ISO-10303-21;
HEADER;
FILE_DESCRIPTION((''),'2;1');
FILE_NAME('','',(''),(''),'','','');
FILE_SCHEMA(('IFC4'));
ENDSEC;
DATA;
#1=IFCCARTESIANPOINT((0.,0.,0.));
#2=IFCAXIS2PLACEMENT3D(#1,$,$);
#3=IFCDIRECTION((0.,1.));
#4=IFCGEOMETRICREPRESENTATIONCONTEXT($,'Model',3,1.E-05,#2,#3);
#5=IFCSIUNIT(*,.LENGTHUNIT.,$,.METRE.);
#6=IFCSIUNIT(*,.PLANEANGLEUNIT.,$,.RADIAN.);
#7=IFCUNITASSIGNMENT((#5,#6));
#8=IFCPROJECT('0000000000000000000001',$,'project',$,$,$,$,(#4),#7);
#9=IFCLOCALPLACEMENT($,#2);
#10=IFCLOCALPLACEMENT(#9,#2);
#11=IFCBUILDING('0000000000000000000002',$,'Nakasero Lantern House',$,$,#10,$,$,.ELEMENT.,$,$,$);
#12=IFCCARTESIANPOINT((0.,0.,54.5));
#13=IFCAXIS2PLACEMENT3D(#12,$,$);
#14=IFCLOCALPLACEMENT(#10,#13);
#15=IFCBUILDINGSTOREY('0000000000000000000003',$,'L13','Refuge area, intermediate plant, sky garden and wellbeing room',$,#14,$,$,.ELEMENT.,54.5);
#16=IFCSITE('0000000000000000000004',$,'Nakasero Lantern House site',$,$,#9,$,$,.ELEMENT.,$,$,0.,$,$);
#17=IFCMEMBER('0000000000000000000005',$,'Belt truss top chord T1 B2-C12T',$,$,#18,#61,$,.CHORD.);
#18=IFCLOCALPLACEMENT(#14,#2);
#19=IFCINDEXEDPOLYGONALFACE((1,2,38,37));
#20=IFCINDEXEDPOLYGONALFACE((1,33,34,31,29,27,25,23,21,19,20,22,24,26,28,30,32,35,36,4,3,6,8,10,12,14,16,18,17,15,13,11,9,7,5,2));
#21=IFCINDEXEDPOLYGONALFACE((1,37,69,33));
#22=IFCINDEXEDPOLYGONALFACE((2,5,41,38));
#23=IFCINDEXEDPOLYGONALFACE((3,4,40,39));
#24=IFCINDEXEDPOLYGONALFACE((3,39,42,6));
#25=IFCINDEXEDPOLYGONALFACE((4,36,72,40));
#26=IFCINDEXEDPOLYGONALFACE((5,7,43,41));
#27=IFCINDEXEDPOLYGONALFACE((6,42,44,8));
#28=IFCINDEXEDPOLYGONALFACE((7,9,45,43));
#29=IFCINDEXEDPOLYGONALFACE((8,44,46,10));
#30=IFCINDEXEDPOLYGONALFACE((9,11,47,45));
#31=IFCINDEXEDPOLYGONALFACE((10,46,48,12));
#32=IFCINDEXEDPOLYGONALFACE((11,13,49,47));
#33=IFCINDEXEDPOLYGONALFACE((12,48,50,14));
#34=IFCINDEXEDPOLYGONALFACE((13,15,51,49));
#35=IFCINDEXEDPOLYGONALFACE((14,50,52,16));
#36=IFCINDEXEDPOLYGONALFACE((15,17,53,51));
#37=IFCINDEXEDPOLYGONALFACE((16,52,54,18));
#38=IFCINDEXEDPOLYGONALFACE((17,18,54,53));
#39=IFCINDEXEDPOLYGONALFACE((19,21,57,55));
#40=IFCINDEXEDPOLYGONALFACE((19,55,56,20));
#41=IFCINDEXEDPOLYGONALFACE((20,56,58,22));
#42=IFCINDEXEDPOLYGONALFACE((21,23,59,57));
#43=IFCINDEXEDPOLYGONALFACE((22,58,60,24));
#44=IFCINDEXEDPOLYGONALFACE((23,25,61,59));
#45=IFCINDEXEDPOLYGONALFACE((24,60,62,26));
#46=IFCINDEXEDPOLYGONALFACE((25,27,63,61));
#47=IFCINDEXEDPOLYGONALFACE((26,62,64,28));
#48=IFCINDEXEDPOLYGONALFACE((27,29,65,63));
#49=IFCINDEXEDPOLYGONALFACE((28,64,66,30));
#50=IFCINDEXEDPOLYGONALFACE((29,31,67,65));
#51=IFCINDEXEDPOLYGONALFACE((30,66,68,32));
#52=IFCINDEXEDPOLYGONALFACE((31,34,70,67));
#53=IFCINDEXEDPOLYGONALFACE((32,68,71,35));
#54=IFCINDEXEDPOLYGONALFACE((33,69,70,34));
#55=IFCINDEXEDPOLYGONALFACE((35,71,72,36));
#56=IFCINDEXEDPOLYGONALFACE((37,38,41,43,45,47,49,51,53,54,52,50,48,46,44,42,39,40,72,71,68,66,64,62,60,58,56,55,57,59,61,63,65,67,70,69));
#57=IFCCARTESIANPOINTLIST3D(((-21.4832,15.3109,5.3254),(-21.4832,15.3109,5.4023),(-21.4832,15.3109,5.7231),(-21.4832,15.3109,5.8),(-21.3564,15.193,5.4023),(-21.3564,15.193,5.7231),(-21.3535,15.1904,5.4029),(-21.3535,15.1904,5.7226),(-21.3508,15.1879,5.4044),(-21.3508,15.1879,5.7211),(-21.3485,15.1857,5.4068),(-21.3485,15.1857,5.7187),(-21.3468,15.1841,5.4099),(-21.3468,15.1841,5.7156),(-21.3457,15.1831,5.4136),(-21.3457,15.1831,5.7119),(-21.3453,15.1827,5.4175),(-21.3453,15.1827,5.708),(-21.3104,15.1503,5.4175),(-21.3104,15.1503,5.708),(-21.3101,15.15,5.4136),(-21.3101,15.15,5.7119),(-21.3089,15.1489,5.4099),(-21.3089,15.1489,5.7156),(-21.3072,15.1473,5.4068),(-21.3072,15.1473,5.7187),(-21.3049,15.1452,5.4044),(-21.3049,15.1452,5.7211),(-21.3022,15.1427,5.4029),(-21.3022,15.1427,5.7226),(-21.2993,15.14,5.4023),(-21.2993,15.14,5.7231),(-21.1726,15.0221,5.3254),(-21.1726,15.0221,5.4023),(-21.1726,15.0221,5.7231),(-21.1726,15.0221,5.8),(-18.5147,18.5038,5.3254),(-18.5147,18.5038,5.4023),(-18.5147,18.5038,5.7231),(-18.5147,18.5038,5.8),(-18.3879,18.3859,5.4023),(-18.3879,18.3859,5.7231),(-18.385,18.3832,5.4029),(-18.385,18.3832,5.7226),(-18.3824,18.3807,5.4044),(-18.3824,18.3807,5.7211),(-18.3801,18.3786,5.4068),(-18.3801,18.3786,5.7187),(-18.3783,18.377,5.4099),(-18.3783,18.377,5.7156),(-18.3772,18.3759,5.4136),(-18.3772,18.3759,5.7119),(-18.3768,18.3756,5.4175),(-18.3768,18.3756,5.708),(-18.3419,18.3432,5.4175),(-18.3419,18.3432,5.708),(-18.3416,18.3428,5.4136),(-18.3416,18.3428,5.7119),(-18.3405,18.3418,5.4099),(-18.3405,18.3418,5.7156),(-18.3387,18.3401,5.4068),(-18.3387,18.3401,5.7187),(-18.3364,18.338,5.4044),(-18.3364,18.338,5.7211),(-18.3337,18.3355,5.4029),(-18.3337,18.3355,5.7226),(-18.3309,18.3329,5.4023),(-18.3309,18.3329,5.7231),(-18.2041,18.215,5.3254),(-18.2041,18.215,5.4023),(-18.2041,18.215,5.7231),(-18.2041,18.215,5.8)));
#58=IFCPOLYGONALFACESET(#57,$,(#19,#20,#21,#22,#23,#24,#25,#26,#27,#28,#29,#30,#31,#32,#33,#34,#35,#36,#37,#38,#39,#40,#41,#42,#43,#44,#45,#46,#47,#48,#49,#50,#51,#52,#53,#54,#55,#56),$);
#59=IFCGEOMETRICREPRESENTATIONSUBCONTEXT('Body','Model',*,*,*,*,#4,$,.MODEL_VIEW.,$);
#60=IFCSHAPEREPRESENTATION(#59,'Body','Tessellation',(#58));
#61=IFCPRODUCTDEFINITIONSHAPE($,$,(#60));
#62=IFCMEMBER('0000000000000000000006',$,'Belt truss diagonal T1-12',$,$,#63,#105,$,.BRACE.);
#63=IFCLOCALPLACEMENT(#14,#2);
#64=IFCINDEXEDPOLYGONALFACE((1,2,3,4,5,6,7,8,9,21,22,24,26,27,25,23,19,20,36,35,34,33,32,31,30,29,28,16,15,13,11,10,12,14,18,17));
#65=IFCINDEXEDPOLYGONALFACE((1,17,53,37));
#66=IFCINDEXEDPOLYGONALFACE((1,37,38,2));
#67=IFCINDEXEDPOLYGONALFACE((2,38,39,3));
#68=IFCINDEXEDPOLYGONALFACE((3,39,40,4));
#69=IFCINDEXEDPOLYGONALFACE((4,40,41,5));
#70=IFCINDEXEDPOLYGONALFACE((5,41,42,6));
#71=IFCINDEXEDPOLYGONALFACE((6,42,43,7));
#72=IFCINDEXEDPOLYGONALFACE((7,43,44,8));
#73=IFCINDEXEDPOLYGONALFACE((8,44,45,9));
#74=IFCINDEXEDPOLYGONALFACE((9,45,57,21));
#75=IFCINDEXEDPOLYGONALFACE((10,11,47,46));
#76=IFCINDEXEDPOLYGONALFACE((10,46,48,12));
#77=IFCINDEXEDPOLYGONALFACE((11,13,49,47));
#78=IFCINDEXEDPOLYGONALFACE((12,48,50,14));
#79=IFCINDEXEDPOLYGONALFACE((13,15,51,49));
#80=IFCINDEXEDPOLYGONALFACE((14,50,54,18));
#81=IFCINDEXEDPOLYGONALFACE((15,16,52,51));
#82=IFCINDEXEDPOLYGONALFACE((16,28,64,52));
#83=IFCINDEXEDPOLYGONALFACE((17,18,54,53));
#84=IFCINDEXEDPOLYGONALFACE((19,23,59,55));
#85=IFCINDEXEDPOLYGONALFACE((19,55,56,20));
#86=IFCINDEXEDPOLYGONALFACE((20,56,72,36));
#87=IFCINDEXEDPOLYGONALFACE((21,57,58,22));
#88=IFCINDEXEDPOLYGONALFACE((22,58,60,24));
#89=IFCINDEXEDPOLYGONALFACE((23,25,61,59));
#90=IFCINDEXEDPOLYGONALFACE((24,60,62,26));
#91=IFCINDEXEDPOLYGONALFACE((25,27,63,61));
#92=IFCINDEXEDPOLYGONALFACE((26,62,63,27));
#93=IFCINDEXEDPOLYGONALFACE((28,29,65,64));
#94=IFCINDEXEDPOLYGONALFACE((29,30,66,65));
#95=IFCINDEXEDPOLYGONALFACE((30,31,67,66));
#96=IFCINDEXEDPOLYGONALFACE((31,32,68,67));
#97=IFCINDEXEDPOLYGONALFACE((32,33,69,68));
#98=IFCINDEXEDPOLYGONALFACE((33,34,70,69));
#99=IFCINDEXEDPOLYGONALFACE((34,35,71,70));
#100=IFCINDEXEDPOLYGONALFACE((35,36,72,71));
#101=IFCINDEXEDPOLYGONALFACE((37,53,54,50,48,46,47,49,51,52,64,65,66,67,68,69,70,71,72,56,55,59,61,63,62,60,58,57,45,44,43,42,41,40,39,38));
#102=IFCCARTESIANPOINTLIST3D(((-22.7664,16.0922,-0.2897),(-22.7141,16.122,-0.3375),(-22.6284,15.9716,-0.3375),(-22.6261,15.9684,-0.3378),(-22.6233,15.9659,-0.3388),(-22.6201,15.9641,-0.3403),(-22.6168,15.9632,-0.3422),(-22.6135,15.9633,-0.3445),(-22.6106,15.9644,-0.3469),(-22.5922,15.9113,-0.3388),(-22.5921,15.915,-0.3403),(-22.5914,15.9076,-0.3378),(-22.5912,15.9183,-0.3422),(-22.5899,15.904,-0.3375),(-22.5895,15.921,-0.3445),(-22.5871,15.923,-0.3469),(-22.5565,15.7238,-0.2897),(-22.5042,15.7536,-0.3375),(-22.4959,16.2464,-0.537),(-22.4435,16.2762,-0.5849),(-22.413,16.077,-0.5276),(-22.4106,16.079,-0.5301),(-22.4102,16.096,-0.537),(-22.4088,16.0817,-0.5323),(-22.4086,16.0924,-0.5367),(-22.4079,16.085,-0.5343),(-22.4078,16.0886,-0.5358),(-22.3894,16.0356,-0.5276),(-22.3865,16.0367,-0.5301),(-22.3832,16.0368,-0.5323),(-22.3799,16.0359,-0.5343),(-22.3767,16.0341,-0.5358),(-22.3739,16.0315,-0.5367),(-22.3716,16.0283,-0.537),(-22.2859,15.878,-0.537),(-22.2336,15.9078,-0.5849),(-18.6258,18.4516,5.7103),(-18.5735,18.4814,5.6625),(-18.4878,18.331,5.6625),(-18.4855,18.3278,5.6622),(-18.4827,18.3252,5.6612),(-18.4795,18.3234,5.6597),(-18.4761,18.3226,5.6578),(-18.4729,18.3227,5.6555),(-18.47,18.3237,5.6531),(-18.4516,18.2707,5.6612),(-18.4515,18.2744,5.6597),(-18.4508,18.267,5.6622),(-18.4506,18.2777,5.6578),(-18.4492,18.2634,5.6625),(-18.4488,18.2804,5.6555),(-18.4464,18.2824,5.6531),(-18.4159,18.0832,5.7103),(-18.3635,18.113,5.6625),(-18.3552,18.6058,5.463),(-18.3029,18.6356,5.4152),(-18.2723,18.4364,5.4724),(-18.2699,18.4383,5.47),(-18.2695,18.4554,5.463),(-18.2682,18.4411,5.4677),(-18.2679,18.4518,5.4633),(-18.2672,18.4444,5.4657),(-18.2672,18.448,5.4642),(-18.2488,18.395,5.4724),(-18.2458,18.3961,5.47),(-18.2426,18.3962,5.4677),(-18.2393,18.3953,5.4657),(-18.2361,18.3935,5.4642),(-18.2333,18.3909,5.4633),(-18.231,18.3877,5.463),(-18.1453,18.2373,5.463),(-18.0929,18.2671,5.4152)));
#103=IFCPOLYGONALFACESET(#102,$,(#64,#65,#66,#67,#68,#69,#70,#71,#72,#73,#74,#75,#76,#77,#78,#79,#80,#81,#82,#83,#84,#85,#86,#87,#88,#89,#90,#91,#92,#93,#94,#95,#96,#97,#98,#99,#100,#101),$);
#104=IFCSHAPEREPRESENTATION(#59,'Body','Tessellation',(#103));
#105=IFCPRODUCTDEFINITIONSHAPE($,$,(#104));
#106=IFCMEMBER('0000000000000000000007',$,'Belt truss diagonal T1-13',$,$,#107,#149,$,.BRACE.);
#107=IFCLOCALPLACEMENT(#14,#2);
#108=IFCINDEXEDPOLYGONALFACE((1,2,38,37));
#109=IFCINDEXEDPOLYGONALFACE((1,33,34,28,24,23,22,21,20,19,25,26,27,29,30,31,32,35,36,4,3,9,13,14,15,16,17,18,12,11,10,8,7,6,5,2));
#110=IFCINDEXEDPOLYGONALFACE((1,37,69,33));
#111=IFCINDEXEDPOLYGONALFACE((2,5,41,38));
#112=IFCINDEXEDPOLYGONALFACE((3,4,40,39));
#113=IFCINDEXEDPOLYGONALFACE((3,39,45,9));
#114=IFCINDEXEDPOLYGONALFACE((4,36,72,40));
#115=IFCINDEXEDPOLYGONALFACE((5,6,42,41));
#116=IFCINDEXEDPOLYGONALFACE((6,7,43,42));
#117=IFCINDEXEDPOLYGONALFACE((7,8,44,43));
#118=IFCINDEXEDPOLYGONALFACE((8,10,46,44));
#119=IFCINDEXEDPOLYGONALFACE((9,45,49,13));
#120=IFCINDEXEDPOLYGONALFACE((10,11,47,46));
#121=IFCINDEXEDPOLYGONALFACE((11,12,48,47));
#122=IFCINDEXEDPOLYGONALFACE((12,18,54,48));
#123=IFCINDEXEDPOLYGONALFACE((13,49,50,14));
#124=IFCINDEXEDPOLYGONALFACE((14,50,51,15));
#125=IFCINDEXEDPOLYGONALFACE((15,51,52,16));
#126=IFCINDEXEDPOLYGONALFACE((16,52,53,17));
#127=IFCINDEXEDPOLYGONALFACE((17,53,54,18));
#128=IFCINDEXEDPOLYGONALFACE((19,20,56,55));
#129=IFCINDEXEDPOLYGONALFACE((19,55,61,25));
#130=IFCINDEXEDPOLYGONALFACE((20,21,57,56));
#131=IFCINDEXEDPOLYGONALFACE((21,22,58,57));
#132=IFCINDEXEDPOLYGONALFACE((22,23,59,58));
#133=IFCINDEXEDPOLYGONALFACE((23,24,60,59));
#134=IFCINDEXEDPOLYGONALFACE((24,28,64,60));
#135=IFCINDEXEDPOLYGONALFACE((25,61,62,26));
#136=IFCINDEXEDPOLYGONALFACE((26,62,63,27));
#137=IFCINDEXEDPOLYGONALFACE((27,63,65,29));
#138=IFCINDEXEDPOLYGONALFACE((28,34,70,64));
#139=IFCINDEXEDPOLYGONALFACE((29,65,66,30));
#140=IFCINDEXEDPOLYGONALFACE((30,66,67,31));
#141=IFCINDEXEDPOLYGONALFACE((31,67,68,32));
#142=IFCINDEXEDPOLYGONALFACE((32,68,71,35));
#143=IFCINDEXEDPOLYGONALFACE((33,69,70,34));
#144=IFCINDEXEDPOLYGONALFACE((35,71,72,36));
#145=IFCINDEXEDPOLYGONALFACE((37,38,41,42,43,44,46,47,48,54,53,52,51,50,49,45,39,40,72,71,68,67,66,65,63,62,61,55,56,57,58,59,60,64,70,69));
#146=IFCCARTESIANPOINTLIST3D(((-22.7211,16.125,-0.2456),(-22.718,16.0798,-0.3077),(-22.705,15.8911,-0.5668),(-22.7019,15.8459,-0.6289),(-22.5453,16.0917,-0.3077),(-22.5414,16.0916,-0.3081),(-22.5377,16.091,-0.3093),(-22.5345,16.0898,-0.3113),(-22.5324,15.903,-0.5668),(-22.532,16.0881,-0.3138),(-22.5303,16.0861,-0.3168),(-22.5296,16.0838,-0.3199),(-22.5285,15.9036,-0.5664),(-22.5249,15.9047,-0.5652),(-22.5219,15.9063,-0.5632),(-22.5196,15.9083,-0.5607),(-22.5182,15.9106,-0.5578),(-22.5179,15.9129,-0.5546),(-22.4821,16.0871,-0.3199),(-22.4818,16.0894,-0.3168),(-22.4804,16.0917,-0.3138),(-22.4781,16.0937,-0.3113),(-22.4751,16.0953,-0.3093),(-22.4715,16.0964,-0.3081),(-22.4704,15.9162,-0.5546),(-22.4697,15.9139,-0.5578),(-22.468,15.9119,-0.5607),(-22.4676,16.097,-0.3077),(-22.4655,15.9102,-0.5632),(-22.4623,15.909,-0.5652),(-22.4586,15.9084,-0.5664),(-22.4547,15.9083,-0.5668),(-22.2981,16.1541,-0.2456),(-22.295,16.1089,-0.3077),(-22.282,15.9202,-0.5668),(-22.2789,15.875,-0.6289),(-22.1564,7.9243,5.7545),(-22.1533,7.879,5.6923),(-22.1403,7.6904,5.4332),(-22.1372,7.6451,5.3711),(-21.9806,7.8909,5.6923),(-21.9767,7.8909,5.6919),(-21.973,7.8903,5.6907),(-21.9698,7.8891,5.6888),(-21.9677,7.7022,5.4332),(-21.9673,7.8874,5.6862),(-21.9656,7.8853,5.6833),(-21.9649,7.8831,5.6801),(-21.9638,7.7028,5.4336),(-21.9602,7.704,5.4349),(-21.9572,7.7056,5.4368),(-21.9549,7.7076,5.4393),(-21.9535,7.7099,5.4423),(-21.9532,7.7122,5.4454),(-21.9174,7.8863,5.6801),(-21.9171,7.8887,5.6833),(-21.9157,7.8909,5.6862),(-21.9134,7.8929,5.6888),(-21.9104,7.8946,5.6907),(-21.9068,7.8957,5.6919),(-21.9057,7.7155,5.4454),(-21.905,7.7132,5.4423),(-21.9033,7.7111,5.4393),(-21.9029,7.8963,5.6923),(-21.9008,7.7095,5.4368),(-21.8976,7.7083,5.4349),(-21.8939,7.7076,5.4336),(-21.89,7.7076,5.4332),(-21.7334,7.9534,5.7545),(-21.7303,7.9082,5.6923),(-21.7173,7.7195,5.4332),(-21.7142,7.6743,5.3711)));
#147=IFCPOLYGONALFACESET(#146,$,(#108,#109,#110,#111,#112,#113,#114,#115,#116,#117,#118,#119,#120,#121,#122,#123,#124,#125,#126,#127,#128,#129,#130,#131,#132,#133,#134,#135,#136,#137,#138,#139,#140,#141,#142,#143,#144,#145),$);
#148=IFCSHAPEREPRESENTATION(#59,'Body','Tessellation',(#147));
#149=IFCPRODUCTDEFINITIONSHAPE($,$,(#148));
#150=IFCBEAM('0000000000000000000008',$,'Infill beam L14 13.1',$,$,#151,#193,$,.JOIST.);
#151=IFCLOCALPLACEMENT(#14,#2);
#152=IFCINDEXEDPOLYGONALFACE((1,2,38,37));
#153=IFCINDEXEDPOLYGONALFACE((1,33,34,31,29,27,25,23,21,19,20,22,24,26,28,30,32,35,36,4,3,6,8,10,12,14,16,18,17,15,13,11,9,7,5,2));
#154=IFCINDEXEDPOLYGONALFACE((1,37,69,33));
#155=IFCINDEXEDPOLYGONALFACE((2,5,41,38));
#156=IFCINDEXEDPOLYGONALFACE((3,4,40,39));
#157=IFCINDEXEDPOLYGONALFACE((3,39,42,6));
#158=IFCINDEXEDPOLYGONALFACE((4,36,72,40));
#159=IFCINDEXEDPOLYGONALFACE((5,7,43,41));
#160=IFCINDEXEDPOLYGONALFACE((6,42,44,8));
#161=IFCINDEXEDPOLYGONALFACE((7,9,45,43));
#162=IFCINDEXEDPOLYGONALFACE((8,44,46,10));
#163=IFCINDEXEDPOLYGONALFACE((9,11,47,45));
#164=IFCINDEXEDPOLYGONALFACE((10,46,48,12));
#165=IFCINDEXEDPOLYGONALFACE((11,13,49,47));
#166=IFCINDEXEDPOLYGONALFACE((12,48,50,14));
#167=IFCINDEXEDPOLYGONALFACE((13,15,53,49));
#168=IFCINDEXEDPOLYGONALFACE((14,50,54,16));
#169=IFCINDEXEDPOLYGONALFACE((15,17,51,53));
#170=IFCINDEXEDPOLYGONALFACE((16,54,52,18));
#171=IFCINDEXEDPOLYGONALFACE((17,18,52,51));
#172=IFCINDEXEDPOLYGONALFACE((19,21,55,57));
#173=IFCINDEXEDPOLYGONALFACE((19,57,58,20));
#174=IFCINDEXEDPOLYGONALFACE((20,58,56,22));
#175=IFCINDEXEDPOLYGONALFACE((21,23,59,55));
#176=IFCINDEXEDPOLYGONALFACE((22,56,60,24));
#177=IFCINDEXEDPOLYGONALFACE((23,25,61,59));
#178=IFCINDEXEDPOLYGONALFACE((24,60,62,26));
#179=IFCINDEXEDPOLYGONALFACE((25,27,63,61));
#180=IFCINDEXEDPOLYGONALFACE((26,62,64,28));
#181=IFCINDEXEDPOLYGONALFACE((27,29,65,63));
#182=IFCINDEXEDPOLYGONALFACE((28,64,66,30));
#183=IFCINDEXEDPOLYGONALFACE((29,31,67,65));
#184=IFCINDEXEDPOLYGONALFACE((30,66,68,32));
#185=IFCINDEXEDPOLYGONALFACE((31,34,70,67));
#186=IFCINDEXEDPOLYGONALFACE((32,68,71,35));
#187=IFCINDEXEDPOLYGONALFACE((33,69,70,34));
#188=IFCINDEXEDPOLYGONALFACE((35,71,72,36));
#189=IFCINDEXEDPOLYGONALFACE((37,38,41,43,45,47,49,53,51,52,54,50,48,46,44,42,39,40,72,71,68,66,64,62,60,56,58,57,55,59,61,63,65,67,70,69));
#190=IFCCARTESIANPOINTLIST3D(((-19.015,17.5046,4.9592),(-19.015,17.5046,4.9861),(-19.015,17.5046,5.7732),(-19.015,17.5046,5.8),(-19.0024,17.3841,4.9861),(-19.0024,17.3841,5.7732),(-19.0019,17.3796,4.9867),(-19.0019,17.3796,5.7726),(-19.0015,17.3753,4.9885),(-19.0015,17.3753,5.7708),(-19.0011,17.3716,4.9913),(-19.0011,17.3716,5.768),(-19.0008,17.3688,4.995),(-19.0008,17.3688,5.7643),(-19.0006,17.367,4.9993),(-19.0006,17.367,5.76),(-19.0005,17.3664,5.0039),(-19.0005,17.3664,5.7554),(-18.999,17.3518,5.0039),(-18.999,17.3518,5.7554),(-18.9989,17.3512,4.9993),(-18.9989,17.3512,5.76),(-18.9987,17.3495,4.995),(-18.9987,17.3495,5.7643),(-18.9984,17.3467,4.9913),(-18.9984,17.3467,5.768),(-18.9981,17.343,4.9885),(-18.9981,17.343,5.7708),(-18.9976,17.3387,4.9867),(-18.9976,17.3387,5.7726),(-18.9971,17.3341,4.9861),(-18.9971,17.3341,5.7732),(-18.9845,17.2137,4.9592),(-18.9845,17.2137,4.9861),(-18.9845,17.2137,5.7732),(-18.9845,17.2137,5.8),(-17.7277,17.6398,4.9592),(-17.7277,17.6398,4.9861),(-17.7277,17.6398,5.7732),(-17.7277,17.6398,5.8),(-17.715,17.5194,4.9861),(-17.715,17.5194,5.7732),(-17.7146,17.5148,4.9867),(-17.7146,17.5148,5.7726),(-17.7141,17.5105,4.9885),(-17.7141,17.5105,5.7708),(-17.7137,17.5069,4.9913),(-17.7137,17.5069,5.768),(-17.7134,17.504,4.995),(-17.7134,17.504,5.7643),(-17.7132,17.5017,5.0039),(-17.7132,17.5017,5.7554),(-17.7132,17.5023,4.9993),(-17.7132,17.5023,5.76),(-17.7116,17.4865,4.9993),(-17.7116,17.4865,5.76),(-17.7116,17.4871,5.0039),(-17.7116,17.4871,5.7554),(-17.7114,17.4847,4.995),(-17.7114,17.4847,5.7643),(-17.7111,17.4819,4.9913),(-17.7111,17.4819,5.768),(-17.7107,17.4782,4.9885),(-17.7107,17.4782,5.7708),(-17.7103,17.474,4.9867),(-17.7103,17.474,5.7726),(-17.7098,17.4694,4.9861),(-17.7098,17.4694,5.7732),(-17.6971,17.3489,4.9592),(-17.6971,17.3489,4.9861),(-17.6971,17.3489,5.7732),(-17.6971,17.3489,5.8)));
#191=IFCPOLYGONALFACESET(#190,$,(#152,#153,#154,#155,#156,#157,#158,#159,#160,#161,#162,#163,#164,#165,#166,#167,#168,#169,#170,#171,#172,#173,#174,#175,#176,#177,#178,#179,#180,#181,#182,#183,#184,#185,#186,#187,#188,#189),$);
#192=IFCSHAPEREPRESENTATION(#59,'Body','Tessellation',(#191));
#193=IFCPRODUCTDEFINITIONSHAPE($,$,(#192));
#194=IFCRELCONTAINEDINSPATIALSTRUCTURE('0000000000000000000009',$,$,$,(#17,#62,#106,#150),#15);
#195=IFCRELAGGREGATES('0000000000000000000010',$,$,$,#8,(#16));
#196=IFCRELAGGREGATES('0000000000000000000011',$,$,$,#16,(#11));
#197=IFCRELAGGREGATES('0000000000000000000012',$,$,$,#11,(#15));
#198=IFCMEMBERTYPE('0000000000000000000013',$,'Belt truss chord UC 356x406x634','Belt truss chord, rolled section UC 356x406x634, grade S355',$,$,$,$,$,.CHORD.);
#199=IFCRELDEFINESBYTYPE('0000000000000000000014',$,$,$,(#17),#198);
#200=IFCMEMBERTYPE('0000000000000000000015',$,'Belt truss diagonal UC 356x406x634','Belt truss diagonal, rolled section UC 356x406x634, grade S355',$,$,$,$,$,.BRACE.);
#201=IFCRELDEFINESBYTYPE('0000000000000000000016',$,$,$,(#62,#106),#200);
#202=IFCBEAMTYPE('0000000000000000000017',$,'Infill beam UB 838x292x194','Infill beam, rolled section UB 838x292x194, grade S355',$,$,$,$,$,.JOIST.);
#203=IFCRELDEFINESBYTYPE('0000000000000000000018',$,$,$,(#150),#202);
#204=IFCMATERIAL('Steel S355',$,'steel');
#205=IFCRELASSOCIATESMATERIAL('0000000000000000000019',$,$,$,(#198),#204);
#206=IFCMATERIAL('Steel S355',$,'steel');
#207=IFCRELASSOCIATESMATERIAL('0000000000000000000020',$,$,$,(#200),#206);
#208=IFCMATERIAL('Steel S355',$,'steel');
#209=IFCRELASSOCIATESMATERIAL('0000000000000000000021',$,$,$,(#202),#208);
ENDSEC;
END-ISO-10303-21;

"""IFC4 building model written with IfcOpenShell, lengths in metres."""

from ifc_helpers import new_model, si_unit, direction, frame, origin, origin_2d, place, context, subcontext, project, spatial, i_section, extrude, material, material_profile, profile_set, type_object, element, save


model = new_model("IFC4")

# Units and contexts
model_context = context("Model", 3, precision=1e-05, world=origin(), true_north=direction((0.0, 1.0)))
body_context = subcontext(model_context, "Body", "Model", "MODEL_VIEW")
ifc_project = project(units=[si_unit("LENGTHUNIT", "METRE"), si_unit("PLANEANGLEUNIT", "RADIAN")], contexts=[model_context])

# Site, building, storey
site_placement = place(None, origin())
site = spatial("IfcSite", under=ifc_project, at=site_placement, Name="Nakasero Lantern House site", CompositionType="ELEMENT", RefElevation=0.0)
building_placement = place(site_placement, origin())
building = spatial("IfcBuilding", under=site, at=building_placement, Name="Nakasero Lantern House", CompositionType="ELEMENT")
storey_placement = place(building_placement, frame((0.0, 0.0, 54.5)))
storey = spatial("IfcBuildingStorey", under=building, at=storey_placement, Name="L13", Description="Refuge area, intermediate plant, sky garden and wellbeing room", CompositionType="ELEMENT", Elevation=54.5)

# Members
ifc_material_1 = material(Name="Steel S355", Category="steel")
ifc_material_profile_1 = material_profile(ifc_material_1, i_section(OverallWidth=0.4241, OverallDepth=0.4746, WebThickness=0.0476, FlangeThickness=0.0769, FilletRadius=0.0151, at=origin_2d()), Name="UC 356x406x634")
ifc_profile_set_1 = profile_set([ifc_material_profile_1], Name="Steel S355")
member_type_1 = type_object("IfcMemberType", Name="Belt truss chord UC 356x406x634", Description="Belt truss chord, rolled section UC 356x406x634, grade S355", PredefinedType="CHORD", material=ifc_profile_set_1)
member_1_placement = place(storey_placement, frame((-18.3594, 18.3594, 5.5627), z_axis=(-0.680906, -0.732371, 0.0), x_axis=(0.732371, -0.680906, 0.0)))
element("IfcMember", 1, at=member_1_placement, inside=storey, type_object=member_type_1, Name="Belt truss top chord T1 B2-C12T", PredefinedType="CHORD", context=body_context, shape_type="SweptSolid", body=[
    extrude(i_section(OverallWidth=0.4241, OverallDepth=0.4746, WebThickness=0.0476, FlangeThickness=0.0769, FilletRadius=0.0151, at=origin_2d()), origin(), (0.0, 0.0, 1.0), 4.3596),
])
ifc_material_2 = material(Name="Steel S355", Category="steel")
ifc_material_profile_2 = material_profile(ifc_material_2, i_section(OverallWidth=0.4241, OverallDepth=0.4746, WebThickness=0.0476, FlangeThickness=0.0769, FilletRadius=0.0151, at=origin_2d()), Name="UC 356x406x634")
ifc_profile_set_2 = profile_set([ifc_material_profile_2], Name="Steel S355")
member_type_2 = type_object("IfcMemberType", Name="Belt truss diagonal UC 356x406x634", Description="Belt truss diagonal, rolled section UC 356x406x634, grade S355", PredefinedType="BRACE", material=ifc_profile_set_2)
member_2_placement = place(storey_placement, frame((-18.3594, 18.3594, 5.5627), z_axis=(-0.540387, -0.307918, -0.783051), x_axis=(0.495079, -0.868848, 0.0)))
element("IfcMember", 2, at=member_2_placement, inside=storey, type_object=member_type_2, Name="Belt truss diagonal T1-12", PredefinedType="BRACE", context=body_context, shape_type="SweptSolid", body=[
    extrude(i_section(OverallWidth=0.4241, OverallDepth=0.4746, WebThickness=0.0476, FlangeThickness=0.0769, FilletRadius=0.0151, at=origin_2d()), origin(), (0.0, 0.0, 1.0), 7.6624),
])
member_3_placement = place(storey_placement, frame((-22.5, 16.0, -0.4373), z_axis=(0.055488, -0.80581, 0.589568), x_axis=(0.997638, 0.068697, 0.0)))
element("IfcMember", 3, at=member_3_placement, inside=storey, type_object=member_type_2, Name="Belt truss diagonal T1-13", PredefinedType="BRACE", context=body_context, shape_type="SweptSolid", body=[
    extrude(i_section(OverallWidth=0.4241, OverallDepth=0.4746, WebThickness=0.0476, FlangeThickness=0.0769, FilletRadius=0.0151, at=origin_2d()), origin(), (0.0, 0.0, 1.0), 10.177),
])

# Beam
ifc_material_3 = material(Name="Steel S355", Category="steel")
ifc_material_profile_3 = material_profile(ifc_material_3, i_section(OverallWidth=0.2925, OverallDepth=0.8408, WebThickness=0.0146, FlangeThickness=0.0269, FilletRadius=0.0178, at=origin_2d()), Name="UB 838x292x194")
ifc_profile_set_3 = profile_set([ifc_material_profile_3], Name="Steel S355")
beam_type_1 = type_object("IfcBeamType", Name="Infill beam UB 838x292x194", Description="Infill beam, rolled section UB 838x292x194, grade S355", PredefinedType="JOIST", material=ifc_profile_set_3)
beam_1_placement = place(storey_placement, frame((-18.9998, 17.3591, 5.3796), z_axis=(0.994526, 0.104488, 0.0), x_axis=(-0.104488, 0.994526, 0.0)))
element("IfcBeam", 4, at=beam_1_placement, inside=storey, type_object=beam_type_1, Name="Infill beam L14 13.1", PredefinedType="JOIST", context=body_context, shape_type="SweptSolid", body=[
    extrude(i_section(OverallWidth=0.2925, OverallDepth=0.8408, WebThickness=0.0146, FlangeThickness=0.0269, FilletRadius=0.0178, at=origin_2d()), origin(), (0.0, 0.0, 1.0), 1.2944),
])

save(model, "model.ifc")
